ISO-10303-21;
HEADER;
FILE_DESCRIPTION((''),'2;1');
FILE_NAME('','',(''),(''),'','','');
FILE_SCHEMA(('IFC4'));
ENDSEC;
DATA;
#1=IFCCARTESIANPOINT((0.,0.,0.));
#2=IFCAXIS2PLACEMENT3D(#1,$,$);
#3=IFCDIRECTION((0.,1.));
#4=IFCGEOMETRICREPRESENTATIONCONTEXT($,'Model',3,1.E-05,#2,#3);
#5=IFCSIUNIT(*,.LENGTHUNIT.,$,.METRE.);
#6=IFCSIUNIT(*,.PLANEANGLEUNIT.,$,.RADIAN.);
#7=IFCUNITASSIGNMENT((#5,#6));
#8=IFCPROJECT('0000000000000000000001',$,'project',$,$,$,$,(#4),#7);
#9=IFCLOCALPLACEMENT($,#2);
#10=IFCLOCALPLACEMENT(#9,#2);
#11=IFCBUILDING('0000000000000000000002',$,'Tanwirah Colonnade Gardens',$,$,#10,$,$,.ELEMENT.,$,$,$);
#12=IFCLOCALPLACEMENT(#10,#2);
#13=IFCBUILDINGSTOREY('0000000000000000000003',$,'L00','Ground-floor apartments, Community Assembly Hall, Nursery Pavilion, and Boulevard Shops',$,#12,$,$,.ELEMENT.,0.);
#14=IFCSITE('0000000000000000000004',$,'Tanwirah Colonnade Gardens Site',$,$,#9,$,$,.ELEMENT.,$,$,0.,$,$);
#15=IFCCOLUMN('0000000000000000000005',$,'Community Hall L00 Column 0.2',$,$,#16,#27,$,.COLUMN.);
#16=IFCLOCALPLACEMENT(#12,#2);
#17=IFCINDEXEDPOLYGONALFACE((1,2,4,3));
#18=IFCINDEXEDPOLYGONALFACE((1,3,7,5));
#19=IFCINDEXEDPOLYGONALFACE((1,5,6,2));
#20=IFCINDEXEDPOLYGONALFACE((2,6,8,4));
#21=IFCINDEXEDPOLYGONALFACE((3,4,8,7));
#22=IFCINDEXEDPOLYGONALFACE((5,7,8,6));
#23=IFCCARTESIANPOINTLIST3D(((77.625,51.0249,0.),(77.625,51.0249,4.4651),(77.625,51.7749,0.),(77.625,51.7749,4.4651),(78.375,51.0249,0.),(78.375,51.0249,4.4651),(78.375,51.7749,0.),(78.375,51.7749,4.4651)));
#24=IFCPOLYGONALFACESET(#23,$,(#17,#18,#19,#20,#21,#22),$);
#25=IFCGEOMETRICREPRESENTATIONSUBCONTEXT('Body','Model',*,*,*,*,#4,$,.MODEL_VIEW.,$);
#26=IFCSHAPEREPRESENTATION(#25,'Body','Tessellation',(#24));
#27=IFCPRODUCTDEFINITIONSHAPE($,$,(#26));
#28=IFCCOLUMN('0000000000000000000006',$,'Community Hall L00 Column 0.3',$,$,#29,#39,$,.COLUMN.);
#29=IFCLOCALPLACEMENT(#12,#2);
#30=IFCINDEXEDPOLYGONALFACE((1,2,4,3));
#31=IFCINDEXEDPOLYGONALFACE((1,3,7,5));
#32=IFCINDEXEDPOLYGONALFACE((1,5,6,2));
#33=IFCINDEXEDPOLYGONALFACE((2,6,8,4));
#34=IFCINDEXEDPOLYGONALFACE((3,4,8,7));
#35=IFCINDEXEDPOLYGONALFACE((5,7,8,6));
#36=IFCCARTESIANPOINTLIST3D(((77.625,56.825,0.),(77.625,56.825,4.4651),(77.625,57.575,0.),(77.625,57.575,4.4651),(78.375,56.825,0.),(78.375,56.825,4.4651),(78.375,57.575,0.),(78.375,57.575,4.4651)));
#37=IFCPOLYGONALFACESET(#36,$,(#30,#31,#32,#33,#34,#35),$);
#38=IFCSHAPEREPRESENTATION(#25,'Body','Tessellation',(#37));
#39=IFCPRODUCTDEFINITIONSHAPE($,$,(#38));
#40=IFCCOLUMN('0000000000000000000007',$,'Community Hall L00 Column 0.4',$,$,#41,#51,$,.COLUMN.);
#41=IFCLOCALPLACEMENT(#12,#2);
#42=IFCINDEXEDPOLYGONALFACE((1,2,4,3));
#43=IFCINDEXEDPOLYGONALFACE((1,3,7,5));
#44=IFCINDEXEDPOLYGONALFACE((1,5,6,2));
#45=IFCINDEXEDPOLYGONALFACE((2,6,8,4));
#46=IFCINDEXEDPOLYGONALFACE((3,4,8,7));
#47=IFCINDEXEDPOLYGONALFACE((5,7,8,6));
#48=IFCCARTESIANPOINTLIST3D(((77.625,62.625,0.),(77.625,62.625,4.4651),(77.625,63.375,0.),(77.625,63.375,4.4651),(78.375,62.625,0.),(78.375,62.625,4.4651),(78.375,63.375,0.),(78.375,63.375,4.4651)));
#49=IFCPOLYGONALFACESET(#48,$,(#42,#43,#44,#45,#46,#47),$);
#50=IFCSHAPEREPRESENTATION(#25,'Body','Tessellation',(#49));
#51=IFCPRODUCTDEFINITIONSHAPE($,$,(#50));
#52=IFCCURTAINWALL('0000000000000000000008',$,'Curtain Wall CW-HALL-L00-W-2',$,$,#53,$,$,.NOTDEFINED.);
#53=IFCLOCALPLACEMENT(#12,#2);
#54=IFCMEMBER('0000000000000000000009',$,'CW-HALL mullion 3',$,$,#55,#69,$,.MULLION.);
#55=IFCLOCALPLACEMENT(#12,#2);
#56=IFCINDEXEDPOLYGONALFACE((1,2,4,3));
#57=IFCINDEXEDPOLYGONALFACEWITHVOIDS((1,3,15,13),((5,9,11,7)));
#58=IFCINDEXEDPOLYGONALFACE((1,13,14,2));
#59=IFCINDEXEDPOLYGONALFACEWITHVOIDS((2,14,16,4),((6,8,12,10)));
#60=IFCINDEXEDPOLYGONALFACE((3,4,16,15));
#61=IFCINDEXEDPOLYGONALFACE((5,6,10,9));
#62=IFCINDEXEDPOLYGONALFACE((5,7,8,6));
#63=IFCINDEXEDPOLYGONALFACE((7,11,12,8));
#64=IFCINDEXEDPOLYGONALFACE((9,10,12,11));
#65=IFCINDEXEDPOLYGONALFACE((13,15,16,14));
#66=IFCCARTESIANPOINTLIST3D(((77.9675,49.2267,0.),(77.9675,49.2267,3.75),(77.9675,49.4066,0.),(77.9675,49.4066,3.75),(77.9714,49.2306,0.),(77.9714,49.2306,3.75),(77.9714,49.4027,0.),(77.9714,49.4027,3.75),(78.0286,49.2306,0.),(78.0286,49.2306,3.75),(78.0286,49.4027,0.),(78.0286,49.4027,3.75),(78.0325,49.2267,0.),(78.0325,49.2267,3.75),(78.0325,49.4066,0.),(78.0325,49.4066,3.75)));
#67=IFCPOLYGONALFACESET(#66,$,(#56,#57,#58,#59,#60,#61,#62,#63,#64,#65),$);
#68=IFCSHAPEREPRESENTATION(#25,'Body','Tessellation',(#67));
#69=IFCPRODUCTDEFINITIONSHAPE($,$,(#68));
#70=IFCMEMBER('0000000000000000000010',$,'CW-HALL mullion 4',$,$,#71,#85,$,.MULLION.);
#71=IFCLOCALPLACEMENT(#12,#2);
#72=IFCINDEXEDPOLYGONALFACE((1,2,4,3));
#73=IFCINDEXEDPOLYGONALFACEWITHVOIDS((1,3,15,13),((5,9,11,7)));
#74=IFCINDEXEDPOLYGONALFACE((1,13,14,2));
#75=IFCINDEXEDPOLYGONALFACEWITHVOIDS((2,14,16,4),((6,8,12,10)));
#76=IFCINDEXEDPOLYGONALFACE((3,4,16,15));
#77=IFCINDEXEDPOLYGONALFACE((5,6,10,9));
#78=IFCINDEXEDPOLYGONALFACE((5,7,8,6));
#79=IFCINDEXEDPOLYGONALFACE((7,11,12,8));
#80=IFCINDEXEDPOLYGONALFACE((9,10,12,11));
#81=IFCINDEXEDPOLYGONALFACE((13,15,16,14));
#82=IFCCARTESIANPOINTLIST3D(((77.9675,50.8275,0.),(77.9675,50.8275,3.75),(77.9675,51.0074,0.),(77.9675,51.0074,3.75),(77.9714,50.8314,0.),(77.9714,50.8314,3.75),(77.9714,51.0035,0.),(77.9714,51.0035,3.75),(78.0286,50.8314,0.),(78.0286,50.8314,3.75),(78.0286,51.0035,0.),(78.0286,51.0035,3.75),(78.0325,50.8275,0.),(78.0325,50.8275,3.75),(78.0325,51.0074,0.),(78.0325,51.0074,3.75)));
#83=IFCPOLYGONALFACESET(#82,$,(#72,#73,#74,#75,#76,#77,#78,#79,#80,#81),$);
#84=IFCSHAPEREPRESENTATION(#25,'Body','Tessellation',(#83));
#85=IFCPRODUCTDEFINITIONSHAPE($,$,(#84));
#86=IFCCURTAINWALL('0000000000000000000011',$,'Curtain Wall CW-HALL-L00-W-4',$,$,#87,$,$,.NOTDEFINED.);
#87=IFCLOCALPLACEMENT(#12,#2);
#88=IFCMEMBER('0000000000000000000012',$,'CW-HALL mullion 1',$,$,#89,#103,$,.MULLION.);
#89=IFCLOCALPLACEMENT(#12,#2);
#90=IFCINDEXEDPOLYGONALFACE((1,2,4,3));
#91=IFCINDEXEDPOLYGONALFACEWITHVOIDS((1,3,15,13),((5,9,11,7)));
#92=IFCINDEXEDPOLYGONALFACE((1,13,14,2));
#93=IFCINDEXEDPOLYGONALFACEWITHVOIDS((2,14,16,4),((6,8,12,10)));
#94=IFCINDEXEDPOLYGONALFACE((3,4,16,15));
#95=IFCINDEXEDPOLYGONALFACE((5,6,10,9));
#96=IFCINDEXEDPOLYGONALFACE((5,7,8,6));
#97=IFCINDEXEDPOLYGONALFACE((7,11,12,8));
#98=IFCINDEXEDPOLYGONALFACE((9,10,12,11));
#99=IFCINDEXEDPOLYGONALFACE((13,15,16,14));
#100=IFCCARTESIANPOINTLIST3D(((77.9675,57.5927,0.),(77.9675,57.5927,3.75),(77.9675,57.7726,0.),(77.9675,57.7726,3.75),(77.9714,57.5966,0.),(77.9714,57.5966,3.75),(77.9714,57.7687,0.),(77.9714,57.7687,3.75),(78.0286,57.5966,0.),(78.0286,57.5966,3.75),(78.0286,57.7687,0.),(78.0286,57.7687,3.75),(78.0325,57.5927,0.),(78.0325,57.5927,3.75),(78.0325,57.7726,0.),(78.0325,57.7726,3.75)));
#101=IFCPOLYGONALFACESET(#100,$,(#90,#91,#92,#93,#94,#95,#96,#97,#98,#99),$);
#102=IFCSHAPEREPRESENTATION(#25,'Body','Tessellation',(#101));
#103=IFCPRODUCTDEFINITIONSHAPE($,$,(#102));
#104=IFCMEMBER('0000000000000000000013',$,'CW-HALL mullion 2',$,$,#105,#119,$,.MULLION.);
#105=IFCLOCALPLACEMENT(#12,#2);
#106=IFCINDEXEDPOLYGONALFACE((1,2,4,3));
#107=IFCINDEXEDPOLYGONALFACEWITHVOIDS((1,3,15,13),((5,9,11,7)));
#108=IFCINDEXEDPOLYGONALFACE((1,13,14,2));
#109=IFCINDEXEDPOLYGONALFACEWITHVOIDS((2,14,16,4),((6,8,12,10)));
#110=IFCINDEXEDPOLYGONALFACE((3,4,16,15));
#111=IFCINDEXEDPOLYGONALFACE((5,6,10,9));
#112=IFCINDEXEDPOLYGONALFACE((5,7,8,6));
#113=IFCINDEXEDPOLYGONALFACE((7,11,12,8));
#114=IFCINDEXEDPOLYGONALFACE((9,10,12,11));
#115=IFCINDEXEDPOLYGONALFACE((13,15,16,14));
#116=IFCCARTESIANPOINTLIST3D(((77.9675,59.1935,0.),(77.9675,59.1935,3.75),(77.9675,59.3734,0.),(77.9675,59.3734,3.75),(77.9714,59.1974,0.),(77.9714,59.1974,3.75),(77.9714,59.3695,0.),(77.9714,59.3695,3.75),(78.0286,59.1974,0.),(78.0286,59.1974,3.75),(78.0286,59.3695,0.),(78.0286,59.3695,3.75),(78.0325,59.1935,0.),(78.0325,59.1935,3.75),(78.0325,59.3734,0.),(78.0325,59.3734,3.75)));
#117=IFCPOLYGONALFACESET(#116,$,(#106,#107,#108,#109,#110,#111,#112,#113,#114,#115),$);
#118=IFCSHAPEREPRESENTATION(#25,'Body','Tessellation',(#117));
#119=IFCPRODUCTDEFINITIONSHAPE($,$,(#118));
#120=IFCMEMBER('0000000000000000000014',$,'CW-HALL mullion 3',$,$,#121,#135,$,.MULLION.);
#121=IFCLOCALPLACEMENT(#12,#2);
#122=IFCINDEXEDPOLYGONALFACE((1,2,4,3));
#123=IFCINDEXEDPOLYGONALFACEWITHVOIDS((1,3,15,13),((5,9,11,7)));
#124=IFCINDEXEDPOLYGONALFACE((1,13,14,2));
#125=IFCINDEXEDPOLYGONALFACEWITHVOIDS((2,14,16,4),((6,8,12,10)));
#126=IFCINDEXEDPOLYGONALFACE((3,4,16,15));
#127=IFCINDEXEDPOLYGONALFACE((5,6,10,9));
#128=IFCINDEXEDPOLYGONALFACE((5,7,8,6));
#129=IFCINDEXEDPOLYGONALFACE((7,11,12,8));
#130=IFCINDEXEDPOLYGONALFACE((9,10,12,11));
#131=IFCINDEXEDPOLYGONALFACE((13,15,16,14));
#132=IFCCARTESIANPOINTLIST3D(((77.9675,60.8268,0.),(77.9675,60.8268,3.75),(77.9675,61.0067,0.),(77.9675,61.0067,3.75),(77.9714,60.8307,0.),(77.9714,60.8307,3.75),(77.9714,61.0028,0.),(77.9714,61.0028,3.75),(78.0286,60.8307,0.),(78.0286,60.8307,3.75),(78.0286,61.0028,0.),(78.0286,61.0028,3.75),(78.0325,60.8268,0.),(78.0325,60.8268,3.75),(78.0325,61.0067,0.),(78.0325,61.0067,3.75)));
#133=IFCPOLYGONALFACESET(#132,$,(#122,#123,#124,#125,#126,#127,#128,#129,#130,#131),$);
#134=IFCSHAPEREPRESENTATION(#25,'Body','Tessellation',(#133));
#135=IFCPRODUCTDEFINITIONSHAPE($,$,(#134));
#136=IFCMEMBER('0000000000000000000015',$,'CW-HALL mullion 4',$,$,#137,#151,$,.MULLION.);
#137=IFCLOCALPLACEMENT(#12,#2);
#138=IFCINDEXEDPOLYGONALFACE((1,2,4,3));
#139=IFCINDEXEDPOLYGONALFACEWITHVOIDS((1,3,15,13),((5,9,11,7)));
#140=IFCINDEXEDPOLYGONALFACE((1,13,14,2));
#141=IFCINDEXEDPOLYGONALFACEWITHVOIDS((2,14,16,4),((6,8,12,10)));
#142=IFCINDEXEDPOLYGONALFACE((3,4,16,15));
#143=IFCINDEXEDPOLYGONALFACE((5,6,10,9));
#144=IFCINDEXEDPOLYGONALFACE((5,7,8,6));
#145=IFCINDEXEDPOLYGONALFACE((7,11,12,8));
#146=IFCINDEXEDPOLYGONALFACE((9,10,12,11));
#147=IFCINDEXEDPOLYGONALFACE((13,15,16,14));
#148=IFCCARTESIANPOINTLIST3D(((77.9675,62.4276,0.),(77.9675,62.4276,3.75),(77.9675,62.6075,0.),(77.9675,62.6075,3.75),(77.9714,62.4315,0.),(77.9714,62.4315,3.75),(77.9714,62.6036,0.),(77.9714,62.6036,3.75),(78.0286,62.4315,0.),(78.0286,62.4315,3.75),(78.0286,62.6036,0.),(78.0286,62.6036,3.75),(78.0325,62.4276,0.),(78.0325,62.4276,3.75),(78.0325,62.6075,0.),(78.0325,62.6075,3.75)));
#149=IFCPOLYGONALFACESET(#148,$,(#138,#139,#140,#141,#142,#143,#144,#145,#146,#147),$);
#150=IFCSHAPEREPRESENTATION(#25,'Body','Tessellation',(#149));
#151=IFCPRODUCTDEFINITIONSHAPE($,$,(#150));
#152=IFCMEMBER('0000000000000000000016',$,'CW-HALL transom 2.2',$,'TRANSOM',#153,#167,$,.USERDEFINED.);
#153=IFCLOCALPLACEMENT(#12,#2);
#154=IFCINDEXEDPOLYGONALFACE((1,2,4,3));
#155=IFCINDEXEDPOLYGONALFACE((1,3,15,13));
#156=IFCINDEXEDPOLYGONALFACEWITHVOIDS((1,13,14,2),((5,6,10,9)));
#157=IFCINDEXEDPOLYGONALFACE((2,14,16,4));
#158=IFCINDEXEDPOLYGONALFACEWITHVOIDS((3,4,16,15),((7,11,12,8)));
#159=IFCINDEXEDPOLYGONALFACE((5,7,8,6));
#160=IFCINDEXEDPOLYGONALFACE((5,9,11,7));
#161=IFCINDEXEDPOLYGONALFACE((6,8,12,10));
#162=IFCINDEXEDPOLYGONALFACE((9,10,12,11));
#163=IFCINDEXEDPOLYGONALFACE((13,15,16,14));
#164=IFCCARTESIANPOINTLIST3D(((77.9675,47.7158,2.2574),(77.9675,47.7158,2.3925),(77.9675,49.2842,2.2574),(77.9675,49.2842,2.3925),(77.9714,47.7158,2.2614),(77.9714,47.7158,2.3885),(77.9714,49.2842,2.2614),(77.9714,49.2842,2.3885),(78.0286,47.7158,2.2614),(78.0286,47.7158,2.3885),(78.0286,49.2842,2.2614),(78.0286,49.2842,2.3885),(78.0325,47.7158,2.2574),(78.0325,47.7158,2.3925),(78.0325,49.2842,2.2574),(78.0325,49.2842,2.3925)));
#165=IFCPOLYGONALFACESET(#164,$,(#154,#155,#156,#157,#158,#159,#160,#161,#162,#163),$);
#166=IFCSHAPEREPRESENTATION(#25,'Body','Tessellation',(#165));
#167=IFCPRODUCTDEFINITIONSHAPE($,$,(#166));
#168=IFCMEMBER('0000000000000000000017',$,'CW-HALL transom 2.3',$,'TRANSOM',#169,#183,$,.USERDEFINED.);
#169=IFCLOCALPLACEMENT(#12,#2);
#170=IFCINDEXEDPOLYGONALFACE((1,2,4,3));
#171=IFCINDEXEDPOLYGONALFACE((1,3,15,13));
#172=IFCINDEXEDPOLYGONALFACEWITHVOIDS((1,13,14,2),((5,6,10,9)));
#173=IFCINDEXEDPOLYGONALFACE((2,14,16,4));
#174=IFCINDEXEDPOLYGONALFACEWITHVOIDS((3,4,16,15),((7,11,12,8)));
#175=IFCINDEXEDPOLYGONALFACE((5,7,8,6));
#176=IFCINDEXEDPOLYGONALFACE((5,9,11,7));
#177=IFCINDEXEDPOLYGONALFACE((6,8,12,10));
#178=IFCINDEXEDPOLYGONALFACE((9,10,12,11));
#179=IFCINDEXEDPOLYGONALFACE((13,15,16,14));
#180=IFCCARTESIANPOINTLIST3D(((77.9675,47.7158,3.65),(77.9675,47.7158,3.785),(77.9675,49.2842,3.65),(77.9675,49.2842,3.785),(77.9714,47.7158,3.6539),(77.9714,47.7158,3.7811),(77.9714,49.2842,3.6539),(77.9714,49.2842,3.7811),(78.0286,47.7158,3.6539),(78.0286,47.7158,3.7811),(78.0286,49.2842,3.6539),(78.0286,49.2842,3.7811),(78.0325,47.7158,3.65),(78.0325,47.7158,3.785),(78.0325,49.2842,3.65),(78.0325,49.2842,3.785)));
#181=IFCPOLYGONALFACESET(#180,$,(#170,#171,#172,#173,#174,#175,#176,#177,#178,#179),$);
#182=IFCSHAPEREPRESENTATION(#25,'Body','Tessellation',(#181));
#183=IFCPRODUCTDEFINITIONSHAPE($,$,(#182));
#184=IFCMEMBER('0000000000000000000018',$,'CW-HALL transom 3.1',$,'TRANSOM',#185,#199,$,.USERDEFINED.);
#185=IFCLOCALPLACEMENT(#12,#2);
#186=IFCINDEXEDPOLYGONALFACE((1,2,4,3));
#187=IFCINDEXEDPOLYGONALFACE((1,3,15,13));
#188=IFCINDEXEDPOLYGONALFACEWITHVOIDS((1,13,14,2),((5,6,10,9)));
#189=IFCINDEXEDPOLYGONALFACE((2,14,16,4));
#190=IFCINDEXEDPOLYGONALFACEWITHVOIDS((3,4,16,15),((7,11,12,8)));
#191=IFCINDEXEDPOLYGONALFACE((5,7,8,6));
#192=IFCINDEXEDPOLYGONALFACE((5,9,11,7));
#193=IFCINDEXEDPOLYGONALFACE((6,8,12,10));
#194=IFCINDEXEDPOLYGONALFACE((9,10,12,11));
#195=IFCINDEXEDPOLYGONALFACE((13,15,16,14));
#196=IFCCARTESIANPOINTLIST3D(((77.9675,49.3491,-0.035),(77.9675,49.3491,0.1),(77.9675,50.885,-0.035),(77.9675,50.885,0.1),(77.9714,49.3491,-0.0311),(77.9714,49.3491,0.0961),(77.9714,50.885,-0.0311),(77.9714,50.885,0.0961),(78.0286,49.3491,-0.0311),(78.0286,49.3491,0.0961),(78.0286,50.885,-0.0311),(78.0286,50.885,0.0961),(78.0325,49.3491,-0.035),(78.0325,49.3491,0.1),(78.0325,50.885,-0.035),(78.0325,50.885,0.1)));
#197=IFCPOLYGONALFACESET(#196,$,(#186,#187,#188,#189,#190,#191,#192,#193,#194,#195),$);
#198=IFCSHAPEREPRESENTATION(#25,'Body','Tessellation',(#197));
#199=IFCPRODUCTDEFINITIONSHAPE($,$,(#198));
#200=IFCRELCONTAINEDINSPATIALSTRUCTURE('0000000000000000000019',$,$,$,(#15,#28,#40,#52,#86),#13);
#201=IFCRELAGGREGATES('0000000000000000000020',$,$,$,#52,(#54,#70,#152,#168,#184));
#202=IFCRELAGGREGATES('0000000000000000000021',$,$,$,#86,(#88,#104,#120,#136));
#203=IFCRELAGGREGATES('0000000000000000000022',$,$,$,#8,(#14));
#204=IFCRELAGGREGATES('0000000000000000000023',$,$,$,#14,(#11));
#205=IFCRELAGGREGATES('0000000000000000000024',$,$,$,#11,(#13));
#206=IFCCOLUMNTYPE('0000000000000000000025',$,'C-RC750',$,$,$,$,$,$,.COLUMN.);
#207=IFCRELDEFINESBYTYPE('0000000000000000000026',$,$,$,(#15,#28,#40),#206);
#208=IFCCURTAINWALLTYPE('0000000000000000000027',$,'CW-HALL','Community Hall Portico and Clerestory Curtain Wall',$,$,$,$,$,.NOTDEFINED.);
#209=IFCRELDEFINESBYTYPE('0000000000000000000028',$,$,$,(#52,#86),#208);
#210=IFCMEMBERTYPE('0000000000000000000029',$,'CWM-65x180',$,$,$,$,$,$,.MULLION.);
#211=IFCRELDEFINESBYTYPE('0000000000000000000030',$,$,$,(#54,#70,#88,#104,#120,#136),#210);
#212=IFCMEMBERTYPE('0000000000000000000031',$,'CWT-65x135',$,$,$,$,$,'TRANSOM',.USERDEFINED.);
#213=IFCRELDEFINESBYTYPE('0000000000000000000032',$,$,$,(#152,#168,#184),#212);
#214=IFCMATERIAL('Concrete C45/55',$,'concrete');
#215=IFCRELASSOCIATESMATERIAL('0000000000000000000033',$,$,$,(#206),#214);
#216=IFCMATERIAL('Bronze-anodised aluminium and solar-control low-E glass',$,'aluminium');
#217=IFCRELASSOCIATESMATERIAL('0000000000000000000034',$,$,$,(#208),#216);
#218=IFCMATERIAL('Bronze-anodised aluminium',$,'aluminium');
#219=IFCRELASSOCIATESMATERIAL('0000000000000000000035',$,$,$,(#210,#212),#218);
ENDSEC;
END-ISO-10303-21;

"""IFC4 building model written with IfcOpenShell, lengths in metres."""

from ifc_helpers import new_model, si_unit, direction, frame, origin, origin_2d, place, context, subcontext, project, spatial, rectangle, hollow_rectangle, extrude, material, material_profile, profile_set, type_object, element, aggregate, save


model = new_model("IFC4")

# Units and contexts
model_context = context("Model", 3, precision=1e-05, world=origin(), true_north=direction((0.0, 1.0)))
body_context = subcontext(model_context, "Body", "Model", "MODEL_VIEW")
ifc_project = project(units=[si_unit("LENGTHUNIT", "METRE"), si_unit("PLANEANGLEUNIT", "RADIAN")], contexts=[model_context])

# Site, building, storey
site_placement = place(None, origin())
site = spatial("IfcSite", under=ifc_project, at=site_placement, Name="Tanwirah Colonnade Gardens Site", CompositionType="ELEMENT", RefElevation=0.0)
building_placement = place(site_placement, origin())
building = spatial("IfcBuilding", under=site, at=building_placement, Name="Tanwirah Colonnade Gardens", CompositionType="ELEMENT")
storey_placement = place(building_placement, origin())
storey = spatial("IfcBuildingStorey", under=building, at=storey_placement, Name="L00", Description="Ground-floor apartments, Community Assembly Hall, Nursery Pavilion, and Boulevard Shops", CompositionType="ELEMENT", Elevation=0.0)

# Columns
ifc_material_1 = material(Name="Concrete C45/55", Category="concrete")
ifc_material_profile_1 = material_profile(ifc_material_1, rectangle(XDim=0.75, YDim=0.75, at=origin_2d()), Name="RC-COL 750x750")
ifc_profile_set_1 = profile_set([ifc_material_profile_1], Name="Concrete C45/55")
column_type = type_object("IfcColumnType", Name="C-RC750", PredefinedType="COLUMN", material=ifc_profile_set_1)
for number, where, z_axis, x_axis, name in (
    (1, (78.0, 51.3999, 0.0), (0.0, 0.0, 1.0), (1.0, 0.0, 0.0), "Community Hall L00 Column 0.2"),
    (2, (78.0, 57.2, 0.0), (0.0, 0.0, 1.0), (1.0, 0.0, 0.0), "Community Hall L00 Column 0.3"),
    (3, (78.0, 63.0, 0.0), (0.0, 0.0, 1.0), (1.0, 0.0, 0.0), "Community Hall L00 Column 0.4"),
):
    element("IfcColumn", number, at=place(storey_placement, frame(where, z_axis=z_axis, x_axis=x_axis)), inside=storey, type_object=column_type, Name=name, PredefinedType="COLUMN", context=body_context, shape_type="SweptSolid", body=[
        extrude(rectangle(XDim=0.75, YDim=0.75, at=origin_2d()), origin(), (0.0, 0.0, 1.0), 4.4651),
    ])

# Curtain walls, members
ifc_material_2 = material(Name="Bronze-anodised aluminium and solar-control low-E glass", Category="aluminium")
curtain_wall_type = type_object("IfcCurtainWallType", Name="CW-HALL", Description="Community Hall Portico and Clerestory Curtain Wall", PredefinedType="NOTDEFINED", material=ifc_material_2)
curtain_wall_1_placement = place(storey_placement, origin())
curtain_wall_1 = element("IfcCurtainWall", 4, at=curtain_wall_1_placement, inside=storey, type_object=curtain_wall_type, Name="Curtain Wall CW-HALL-L00-W-2", PredefinedType="NOTDEFINED")
ifc_material_3 = material(Name="Bronze-anodised aluminium", Category="aluminium")
ifc_material_profile_2 = material_profile(ifc_material_3, hollow_rectangle(XDim=0.0649, YDim=0.1799, WallThickness=0.0039, at=origin_2d()), Name="CW-MUL 65x180x4")
ifc_profile_set_2 = profile_set([ifc_material_profile_2], Name="Bronze-anodised aluminium")
member_type_1 = type_object("IfcMemberType", Name="CWM-65x180", PredefinedType="MULLION", material=ifc_profile_set_2)
member_1_placement = place(storey_placement, frame((78.0, 49.3167, 0.0), z_axis=(0.0, 0.0, 1.0), x_axis=(-1.0, 0.0, 0.0)))
member_1 = element("IfcMember", 5, at=member_1_placement, type_object=member_type_1, Name="CW-HALL mullion 3", PredefinedType="MULLION", context=body_context, shape_type="SweptSolid", body=[
    extrude(hollow_rectangle(XDim=0.0649, YDim=0.1799, WallThickness=0.0039, at=origin_2d()), origin(), (0.0, 0.0, 1.0), 3.75),
])
member_2_placement = place(storey_placement, frame((78.0, 50.9175, 0.0), z_axis=(0.0, 0.0, 1.0), x_axis=(-1.0, 0.0, 0.0)))
member_2 = element("IfcMember", 6, at=member_2_placement, type_object=member_type_1, Name="CW-HALL mullion 4", PredefinedType="MULLION", context=body_context, shape_type="SweptSolid", body=[
    extrude(hollow_rectangle(XDim=0.0649, YDim=0.1799, WallThickness=0.0039, at=origin_2d()), origin(), (0.0, 0.0, 1.0), 3.75),
])
curtain_wall_2_placement = place(storey_placement, origin())
curtain_wall_2 = element("IfcCurtainWall", 7, at=curtain_wall_2_placement, inside=storey, type_object=curtain_wall_type, Name="Curtain Wall CW-HALL-L00-W-4", PredefinedType="NOTDEFINED")
member_3_placement = place(storey_placement, frame((78.0, 57.6826, 0.0), z_axis=(0.0, 0.0, 1.0), x_axis=(-1.0, 0.0, 0.0)))
member_3 = element("IfcMember", 8, at=member_3_placement, type_object=member_type_1, Name="CW-HALL mullion 1", PredefinedType="MULLION", context=body_context, shape_type="SweptSolid", body=[
    extrude(hollow_rectangle(XDim=0.0649, YDim=0.1799, WallThickness=0.0039, at=origin_2d()), origin(), (0.0, 0.0, 1.0), 3.75),
])
member_4_placement = place(storey_placement, frame((78.0, 59.2834, 0.0), z_axis=(0.0, 0.0, 1.0), x_axis=(-1.0, 0.0, 0.0)))
member_4 = element("IfcMember", 9, at=member_4_placement, type_object=member_type_1, Name="CW-HALL mullion 2", PredefinedType="MULLION", context=body_context, shape_type="SweptSolid", body=[
    extrude(hollow_rectangle(XDim=0.0649, YDim=0.1799, WallThickness=0.0039, at=origin_2d()), origin(), (0.0, 0.0, 1.0), 3.75),
])
member_5_placement = place(storey_placement, frame((78.0, 60.9167, 0.0), z_axis=(0.0, 0.0, 1.0), x_axis=(-1.0, 0.0, 0.0)))
member_5 = element("IfcMember", 10, at=member_5_placement, type_object=member_type_1, Name="CW-HALL mullion 3", PredefinedType="MULLION", context=body_context, shape_type="SweptSolid", body=[
    extrude(hollow_rectangle(XDim=0.0649, YDim=0.1799, WallThickness=0.0039, at=origin_2d()), origin(), (0.0, 0.0, 1.0), 3.75),
])
member_6_placement = place(storey_placement, frame((78.0, 62.5176, 0.0), z_axis=(0.0, 0.0, 1.0), x_axis=(-1.0, 0.0, 0.0)))
member_6 = element("IfcMember", 11, at=member_6_placement, type_object=member_type_1, Name="CW-HALL mullion 4", PredefinedType="MULLION", context=body_context, shape_type="SweptSolid", body=[
    extrude(hollow_rectangle(XDim=0.0649, YDim=0.1799, WallThickness=0.0039, at=origin_2d()), origin(), (0.0, 0.0, 1.0), 3.75),
])

# Members
ifc_material_profile_3 = material_profile(ifc_material_3, hollow_rectangle(XDim=0.0649, YDim=0.135, WallThickness=0.0039, at=origin_2d()), Name="CW-TRN 65x135x4")
ifc_profile_set_3 = profile_set([ifc_material_profile_3], Name="Bronze-anodised aluminium")
member_type_2 = type_object("IfcMemberType", Name="CWT-65x135", ElementType="TRANSOM", PredefinedType="USERDEFINED", material=ifc_profile_set_3)
member_7_placement = place(storey_placement, frame((78.0, 47.7158, 2.325), z_axis=(0.0, 1.0, 0.0), x_axis=(-1.0, 0.0, 0.0)))
member_7 = element("IfcMember", 12, at=member_7_placement, type_object=member_type_2, Name="CW-HALL transom 2.2", ObjectType="TRANSOM", PredefinedType="USERDEFINED", context=body_context, shape_type="SweptSolid", body=[
    extrude(hollow_rectangle(XDim=0.0649, YDim=0.135, WallThickness=0.0039, at=origin_2d()), origin(), (0.0, 0.0, 1.0), 1.5684),
])
member_8_placement = place(storey_placement, frame((78.0, 47.7158, 3.7175), z_axis=(0.0, 1.0, 0.0), x_axis=(-1.0, 0.0, 0.0)))
member_8 = element("IfcMember", 13, at=member_8_placement, type_object=member_type_2, Name="CW-HALL transom 2.3", ObjectType="TRANSOM", PredefinedType="USERDEFINED", context=body_context, shape_type="SweptSolid", body=[
    extrude(hollow_rectangle(XDim=0.0649, YDim=0.135, WallThickness=0.0039, at=origin_2d()), origin(), (0.0, 0.0, 1.0), 1.5684),
])
member_9_placement = place(storey_placement, frame((78.0, 49.3491, 0.0325), z_axis=(0.0, 1.0, 0.0), x_axis=(-1.0, 0.0, 0.0)))
member_9 = element("IfcMember", 14, at=member_9_placement, type_object=member_type_2, Name="CW-HALL transom 3.1", ObjectType="TRANSOM", PredefinedType="USERDEFINED", context=body_context, shape_type="SweptSolid", body=[
    extrude(hollow_rectangle(XDim=0.0649, YDim=0.135, WallThickness=0.0039, at=origin_2d()), origin(), (0.0, 0.0, 1.0), 1.5359),
])

aggregate(curtain_wall_1, [member_1, member_2, member_7, member_8, member_9])
aggregate(curtain_wall_2, [member_3, member_4, member_5, member_6])

save(model, "model.ifc")
